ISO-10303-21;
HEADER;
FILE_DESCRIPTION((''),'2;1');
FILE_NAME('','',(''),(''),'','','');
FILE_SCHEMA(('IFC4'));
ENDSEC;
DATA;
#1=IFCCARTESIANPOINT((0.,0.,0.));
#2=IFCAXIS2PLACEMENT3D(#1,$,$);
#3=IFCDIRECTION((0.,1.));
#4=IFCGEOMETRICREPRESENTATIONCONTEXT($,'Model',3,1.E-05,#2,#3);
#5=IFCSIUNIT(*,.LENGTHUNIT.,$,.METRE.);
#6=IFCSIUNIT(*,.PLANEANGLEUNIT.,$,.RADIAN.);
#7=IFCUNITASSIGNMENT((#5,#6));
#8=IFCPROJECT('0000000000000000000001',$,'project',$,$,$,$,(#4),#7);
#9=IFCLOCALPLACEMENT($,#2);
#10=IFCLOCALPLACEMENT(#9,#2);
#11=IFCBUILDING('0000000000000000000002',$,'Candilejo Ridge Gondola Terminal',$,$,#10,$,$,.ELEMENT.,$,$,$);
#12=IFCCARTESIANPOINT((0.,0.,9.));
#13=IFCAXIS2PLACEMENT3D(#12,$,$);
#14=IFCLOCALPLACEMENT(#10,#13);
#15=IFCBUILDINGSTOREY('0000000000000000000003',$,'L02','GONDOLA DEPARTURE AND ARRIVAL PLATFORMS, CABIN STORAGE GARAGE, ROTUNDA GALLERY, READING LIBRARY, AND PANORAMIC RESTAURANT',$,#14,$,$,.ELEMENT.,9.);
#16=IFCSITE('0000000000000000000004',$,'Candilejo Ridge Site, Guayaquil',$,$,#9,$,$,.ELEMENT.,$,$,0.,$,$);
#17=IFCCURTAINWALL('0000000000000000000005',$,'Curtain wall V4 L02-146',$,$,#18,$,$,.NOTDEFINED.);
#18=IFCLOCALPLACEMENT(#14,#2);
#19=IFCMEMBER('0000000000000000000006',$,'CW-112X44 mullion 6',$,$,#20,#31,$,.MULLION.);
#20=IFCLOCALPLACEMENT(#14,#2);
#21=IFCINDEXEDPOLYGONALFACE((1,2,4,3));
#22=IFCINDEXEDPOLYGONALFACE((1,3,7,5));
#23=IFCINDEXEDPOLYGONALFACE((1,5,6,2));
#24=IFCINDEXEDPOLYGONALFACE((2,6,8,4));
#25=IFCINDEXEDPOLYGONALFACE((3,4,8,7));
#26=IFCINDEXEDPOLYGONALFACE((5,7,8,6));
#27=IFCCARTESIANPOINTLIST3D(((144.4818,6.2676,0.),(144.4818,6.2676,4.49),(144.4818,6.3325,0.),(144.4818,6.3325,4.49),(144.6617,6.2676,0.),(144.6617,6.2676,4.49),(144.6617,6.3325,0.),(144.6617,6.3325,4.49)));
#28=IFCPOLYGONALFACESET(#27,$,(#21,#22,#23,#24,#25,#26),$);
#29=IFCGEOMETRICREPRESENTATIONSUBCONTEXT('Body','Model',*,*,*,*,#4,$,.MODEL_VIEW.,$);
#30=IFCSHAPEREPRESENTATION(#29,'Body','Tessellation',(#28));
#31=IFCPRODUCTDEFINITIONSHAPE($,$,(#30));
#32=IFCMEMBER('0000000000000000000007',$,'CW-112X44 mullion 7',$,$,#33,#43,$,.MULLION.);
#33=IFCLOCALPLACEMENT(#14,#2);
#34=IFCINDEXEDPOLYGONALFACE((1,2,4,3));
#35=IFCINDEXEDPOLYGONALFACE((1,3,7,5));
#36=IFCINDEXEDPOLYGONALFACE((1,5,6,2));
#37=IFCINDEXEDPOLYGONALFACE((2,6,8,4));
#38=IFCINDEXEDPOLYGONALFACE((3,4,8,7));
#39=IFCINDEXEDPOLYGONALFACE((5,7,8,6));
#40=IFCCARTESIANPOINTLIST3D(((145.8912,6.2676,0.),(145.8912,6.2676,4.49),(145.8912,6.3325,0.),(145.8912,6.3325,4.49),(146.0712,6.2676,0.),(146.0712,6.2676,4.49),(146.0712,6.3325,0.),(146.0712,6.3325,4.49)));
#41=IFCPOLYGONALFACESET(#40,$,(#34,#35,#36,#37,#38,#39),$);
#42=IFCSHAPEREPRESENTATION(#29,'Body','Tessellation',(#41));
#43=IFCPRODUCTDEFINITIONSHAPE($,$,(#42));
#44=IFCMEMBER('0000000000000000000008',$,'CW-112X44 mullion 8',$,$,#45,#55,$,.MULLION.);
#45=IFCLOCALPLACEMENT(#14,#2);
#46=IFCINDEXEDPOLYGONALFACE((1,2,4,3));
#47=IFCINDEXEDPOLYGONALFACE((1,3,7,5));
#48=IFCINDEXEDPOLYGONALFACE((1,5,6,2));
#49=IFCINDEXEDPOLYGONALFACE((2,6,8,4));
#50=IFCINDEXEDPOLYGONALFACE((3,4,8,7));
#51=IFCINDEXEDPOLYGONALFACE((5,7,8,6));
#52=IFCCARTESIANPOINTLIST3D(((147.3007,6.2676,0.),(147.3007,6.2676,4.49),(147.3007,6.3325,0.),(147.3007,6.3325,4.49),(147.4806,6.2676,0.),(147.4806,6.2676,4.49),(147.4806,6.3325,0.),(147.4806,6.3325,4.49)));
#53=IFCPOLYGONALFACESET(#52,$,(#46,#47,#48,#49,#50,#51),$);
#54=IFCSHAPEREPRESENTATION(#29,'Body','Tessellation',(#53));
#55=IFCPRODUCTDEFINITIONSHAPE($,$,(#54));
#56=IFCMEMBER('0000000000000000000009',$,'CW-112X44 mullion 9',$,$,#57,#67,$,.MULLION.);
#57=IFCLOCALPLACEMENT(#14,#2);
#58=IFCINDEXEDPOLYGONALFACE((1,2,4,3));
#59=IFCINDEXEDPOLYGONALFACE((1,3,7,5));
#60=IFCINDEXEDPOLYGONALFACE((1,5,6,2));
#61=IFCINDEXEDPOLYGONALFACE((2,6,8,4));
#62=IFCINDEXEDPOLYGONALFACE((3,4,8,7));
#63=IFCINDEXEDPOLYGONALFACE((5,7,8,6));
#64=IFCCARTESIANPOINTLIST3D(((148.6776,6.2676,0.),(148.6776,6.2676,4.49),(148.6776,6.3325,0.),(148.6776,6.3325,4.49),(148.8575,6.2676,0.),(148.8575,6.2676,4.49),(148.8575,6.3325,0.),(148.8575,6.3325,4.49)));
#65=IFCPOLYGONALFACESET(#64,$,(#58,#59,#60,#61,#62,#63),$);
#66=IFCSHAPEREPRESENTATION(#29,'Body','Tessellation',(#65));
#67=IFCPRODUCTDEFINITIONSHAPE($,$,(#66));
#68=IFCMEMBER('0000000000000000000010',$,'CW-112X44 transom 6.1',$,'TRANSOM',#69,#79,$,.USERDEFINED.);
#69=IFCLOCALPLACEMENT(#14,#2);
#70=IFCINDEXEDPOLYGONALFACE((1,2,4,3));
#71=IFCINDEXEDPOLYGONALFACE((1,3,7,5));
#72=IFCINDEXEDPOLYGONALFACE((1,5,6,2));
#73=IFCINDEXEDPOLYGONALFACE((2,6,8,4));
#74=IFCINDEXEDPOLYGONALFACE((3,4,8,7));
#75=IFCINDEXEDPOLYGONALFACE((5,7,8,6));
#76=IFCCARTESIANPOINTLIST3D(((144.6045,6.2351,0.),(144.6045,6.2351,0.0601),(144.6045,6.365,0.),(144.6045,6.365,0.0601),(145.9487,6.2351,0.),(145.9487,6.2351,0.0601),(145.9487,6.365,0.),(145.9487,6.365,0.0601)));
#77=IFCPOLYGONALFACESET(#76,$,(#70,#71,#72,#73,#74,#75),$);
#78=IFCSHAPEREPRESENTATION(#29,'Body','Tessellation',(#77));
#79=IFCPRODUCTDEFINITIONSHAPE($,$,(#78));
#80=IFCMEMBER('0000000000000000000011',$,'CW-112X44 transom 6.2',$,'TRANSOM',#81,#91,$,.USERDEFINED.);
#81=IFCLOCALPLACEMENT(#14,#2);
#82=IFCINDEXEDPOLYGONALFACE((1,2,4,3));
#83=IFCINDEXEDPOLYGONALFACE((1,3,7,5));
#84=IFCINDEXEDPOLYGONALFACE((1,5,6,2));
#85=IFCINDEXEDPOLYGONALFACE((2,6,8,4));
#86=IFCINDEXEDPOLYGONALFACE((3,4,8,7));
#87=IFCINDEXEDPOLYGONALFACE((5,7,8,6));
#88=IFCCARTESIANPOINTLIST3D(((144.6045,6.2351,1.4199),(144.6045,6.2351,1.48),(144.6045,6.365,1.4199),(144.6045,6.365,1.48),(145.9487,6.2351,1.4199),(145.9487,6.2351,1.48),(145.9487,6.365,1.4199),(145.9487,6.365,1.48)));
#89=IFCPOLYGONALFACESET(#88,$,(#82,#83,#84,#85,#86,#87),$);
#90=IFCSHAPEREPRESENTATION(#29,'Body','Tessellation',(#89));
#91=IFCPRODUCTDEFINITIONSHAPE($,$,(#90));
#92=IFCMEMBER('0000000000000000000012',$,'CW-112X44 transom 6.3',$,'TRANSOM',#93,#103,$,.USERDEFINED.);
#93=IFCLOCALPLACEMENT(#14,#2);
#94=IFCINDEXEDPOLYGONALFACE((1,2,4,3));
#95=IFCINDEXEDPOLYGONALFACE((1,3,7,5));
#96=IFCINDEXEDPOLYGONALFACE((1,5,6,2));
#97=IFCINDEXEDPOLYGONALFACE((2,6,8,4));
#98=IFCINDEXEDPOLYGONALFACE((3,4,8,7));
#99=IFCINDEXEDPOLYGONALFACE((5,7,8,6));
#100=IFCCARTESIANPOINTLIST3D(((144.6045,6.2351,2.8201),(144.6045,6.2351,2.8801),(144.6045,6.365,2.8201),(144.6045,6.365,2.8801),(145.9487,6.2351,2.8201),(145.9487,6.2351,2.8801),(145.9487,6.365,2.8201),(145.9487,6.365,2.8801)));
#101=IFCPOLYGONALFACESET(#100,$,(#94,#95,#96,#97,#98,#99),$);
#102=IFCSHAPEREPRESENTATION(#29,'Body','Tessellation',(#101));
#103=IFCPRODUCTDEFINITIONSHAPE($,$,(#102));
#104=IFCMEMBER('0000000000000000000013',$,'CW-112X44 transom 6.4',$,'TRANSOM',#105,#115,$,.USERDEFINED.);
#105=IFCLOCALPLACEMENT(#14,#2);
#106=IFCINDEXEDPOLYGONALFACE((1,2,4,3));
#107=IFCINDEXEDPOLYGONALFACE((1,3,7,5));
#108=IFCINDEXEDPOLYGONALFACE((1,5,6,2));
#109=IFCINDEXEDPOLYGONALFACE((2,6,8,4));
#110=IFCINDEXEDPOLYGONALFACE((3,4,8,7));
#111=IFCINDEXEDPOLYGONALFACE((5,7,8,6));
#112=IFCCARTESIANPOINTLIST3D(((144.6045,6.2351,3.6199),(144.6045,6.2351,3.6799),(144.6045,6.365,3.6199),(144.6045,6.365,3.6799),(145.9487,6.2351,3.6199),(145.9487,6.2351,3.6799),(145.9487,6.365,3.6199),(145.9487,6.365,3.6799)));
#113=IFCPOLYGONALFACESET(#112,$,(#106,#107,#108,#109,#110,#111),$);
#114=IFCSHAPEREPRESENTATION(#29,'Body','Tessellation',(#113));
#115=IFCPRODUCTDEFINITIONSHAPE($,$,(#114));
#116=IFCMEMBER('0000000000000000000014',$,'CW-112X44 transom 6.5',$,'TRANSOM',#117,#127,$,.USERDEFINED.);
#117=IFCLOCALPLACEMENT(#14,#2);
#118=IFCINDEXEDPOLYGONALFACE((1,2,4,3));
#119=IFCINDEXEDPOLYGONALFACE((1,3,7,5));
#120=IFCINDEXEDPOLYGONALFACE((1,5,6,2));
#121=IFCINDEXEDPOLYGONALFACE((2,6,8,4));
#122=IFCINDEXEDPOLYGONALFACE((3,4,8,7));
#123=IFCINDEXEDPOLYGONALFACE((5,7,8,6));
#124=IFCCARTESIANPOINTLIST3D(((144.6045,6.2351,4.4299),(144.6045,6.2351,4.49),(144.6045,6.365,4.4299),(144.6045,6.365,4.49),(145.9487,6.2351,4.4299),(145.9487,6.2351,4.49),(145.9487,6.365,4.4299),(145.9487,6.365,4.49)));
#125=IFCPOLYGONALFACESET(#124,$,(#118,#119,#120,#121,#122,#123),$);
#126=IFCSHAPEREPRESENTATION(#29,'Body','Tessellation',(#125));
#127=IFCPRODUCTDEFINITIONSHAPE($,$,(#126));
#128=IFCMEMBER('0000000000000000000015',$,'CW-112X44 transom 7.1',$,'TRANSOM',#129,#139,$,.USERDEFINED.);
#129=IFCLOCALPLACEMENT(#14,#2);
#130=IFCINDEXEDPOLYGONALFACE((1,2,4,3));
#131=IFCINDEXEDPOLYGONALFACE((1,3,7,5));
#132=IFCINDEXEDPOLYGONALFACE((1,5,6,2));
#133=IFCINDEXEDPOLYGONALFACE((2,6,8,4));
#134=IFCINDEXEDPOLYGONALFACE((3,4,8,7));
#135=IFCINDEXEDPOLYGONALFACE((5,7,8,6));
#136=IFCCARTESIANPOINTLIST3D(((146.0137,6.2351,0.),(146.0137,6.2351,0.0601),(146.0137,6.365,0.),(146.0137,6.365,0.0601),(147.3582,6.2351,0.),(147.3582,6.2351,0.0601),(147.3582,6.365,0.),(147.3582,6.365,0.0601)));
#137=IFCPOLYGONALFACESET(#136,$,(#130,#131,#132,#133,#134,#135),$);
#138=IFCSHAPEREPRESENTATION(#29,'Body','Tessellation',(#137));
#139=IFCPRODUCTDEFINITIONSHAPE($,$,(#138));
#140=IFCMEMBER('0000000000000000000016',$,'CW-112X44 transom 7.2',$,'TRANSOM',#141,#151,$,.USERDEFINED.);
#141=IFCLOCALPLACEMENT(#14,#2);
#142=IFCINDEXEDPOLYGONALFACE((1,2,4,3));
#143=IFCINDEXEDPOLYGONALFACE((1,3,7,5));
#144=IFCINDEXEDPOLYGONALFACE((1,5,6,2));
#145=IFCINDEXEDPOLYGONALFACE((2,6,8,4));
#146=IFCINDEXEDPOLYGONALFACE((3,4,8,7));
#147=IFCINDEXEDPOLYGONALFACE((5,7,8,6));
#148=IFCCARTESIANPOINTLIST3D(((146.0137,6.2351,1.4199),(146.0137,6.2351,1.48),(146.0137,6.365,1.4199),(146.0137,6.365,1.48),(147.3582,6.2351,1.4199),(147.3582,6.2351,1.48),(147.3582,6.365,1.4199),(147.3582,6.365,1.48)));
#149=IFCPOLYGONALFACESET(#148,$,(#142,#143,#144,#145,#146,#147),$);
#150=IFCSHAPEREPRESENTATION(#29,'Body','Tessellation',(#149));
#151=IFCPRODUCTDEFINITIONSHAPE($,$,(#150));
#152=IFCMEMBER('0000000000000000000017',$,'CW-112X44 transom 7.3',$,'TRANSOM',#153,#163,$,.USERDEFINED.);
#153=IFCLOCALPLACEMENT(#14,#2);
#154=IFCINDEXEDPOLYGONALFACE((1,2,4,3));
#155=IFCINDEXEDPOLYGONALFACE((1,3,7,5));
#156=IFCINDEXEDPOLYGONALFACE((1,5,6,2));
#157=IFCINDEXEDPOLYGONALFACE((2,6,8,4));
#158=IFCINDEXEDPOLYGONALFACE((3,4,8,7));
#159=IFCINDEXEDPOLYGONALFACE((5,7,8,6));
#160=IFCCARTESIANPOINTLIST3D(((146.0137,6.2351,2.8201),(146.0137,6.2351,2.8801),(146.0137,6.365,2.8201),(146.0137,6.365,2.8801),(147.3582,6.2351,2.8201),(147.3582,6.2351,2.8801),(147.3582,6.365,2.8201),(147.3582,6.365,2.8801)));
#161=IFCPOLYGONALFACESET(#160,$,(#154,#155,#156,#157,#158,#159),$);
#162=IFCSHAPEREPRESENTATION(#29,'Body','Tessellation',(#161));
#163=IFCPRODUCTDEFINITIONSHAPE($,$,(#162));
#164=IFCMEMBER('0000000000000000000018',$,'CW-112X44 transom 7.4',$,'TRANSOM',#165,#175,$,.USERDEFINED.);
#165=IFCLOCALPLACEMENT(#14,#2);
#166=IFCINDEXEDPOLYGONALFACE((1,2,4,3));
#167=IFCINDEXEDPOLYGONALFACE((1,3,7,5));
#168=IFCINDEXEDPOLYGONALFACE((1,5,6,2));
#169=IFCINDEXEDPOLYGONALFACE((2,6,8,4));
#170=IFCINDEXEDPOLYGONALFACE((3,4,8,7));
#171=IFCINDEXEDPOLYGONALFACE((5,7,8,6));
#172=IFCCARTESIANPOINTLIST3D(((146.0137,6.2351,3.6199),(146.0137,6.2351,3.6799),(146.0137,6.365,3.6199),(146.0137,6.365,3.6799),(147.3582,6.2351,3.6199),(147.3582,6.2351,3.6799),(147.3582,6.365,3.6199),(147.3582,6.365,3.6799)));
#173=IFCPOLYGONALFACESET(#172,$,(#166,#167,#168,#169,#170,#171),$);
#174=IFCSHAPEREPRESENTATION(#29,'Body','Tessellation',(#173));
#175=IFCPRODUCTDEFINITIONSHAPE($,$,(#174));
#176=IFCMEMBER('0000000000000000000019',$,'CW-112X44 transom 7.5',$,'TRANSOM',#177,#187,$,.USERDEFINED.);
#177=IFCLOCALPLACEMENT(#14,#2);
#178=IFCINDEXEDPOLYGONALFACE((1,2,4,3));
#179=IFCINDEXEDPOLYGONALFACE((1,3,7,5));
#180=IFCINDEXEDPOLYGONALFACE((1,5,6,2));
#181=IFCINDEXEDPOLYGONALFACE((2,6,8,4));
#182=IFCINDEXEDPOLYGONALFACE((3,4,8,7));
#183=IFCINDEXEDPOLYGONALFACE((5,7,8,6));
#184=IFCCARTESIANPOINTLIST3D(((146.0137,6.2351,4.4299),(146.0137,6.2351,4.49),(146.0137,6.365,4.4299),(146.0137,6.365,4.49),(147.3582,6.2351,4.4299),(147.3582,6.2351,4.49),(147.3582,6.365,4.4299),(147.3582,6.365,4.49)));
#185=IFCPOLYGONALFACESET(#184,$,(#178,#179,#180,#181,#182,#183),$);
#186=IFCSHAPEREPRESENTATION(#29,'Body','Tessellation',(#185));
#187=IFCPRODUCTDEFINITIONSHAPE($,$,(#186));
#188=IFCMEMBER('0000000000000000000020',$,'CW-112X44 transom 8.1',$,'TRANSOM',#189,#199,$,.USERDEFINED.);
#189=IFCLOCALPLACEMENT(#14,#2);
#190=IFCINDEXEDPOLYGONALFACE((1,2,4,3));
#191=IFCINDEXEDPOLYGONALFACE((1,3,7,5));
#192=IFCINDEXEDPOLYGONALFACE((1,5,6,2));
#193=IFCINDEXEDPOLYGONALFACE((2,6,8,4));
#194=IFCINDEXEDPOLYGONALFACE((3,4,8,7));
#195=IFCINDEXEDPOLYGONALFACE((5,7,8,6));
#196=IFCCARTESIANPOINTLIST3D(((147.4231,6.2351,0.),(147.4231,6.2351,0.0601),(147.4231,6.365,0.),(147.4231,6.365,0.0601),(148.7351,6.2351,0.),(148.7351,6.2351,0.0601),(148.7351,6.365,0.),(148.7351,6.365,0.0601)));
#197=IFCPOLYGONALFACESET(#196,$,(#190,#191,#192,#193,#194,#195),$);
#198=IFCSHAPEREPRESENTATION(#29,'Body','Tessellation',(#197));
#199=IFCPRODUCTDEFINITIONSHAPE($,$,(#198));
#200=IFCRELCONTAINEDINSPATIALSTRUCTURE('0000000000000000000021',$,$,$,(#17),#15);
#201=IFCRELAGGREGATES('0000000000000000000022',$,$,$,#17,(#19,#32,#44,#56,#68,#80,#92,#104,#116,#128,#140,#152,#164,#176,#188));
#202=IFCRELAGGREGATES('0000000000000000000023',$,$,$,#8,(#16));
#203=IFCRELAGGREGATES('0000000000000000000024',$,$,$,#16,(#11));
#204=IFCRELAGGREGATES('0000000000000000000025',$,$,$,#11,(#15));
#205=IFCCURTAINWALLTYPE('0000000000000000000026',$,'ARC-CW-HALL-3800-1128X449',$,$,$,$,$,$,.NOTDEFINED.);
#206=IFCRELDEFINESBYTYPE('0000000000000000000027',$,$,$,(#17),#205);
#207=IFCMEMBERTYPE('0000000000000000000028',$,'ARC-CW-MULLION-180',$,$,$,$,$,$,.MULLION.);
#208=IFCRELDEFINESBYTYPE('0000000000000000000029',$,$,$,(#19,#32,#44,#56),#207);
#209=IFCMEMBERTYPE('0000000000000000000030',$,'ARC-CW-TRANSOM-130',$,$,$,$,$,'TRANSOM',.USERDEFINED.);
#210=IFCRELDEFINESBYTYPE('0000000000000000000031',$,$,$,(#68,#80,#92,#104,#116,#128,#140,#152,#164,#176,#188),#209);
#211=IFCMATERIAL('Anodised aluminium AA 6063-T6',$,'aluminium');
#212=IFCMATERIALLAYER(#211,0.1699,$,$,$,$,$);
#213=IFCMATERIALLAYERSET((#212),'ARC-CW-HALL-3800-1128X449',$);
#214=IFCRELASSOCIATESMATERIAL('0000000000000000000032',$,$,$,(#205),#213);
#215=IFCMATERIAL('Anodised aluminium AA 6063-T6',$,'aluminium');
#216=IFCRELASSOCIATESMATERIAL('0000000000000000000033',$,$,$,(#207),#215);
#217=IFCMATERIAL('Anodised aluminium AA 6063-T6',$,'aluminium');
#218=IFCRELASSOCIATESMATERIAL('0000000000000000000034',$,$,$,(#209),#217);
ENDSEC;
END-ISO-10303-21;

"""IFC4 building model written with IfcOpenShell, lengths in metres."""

from ifc_helpers import new_model, si_unit, direction, frame, origin, origin_2d, place, context, subcontext, project, spatial, rectangle, extrude, material, layer, layer_set, material_profile, profile_set, type_object, element, aggregate, save


model = new_model("IFC4")

# Units and contexts
model_context = context("Model", 3, precision=1e-05, world=origin(), true_north=direction((0.0, 1.0)))
body_context = subcontext(model_context, "Body", "Model", "MODEL_VIEW")
ifc_project = project(units=[si_unit("LENGTHUNIT", "METRE"), si_unit("PLANEANGLEUNIT", "RADIAN")], contexts=[model_context])

# Site, building, storey
site_placement = place(None, origin())
site = spatial("IfcSite", under=ifc_project, at=site_placement, Name="Candilejo Ridge Site, Guayaquil", CompositionType="ELEMENT", RefElevation=0.0)
building_placement = place(site_placement, origin())
building = spatial("IfcBuilding", under=site, at=building_placement, Name="Candilejo Ridge Gondola Terminal", CompositionType="ELEMENT")
storey_placement = place(building_placement, frame((0.0, 0.0, 9.0)))
storey = spatial("IfcBuildingStorey", under=building, at=storey_placement, Name="L02", Description="GONDOLA DEPARTURE AND ARRIVAL PLATFORMS, CABIN STORAGE GARAGE, ROTUNDA GALLERY, READING LIBRARY, AND PANORAMIC RESTAURANT", CompositionType="ELEMENT", Elevation=9.0)

# Curtain wall, members
ifc_material_1 = material(Name="Anodised aluminium AA 6063-T6", Category="aluminium")
ifc_layer_1 = layer(ifc_material_1, 0.1699)
ifc_layer_set_1 = layer_set([ifc_layer_1], Name="ARC-CW-HALL-3800-1128X449")
curtain_wall_type = type_object("IfcCurtainWallType", Name="ARC-CW-HALL-3800-1128X449", PredefinedType="NOTDEFINED", material=ifc_layer_set_1)
curtain_wall_placement = place(storey_placement, origin())
curtain_wall = element("IfcCurtainWall", 1, at=curtain_wall_placement, inside=storey, type_object=curtain_wall_type, Name="Curtain wall V4 L02-146", PredefinedType="NOTDEFINED")
ifc_material_2 = material(Name="Anodised aluminium AA 6063-T6", Category="aluminium")
ifc_material_profile_1 = material_profile(ifc_material_2, rectangle(XDim=0.0649, YDim=0.1799, at=origin_2d()))
ifc_profile_set_1 = profile_set([ifc_material_profile_1], Name="Anodised aluminium AA 6063-T6")
member_type_1 = type_object("IfcMemberType", Name="ARC-CW-MULLION-180", PredefinedType="MULLION", material=ifc_profile_set_1)
member_1_placement = place(storey_placement, frame((144.5718, 6.3, 0.0), z_axis=(0.0, 0.0, 1.0), x_axis=(0.0, 1.0, 0.0)))
member_1 = element("IfcMember", 2, at=member_1_placement, type_object=member_type_1, Name="CW-112X44 mullion 6", PredefinedType="MULLION", context=body_context, shape_type="SweptSolid", body=[
    extrude(rectangle(XDim=0.0649, YDim=0.1799, at=origin_2d()), origin(), (0.0, 0.0, 1.0), 4.49),
])
member_2_placement = place(storey_placement, frame((145.9812, 6.3, 0.0), z_axis=(0.0, 0.0, 1.0), x_axis=(0.0, 1.0, 0.0)))
member_2 = element("IfcMember", 3, at=member_2_placement, type_object=member_type_1, Name="CW-112X44 mullion 7", PredefinedType="MULLION", context=body_context, shape_type="SweptSolid", body=[
    extrude(rectangle(XDim=0.0649, YDim=0.1799, at=origin_2d()), origin(), (0.0, 0.0, 1.0), 4.49),
])
member_3_placement = place(storey_placement, frame((147.3906, 6.3, 0.0), z_axis=(0.0, 0.0, 1.0), x_axis=(0.0, 1.0, 0.0)))
member_3 = element("IfcMember", 4, at=member_3_placement, type_object=member_type_1, Name="CW-112X44 mullion 8", PredefinedType="MULLION", context=body_context, shape_type="SweptSolid", body=[
    extrude(rectangle(XDim=0.0649, YDim=0.1799, at=origin_2d()), origin(), (0.0, 0.0, 1.0), 4.49),
])
member_4_placement = place(storey_placement, frame((148.7676, 6.3, 0.0), z_axis=(0.0, 0.0, 1.0), x_axis=(0.0, 1.0, 0.0)))
member_4 = element("IfcMember", 5, at=member_4_placement, type_object=member_type_1, Name="CW-112X44 mullion 9", PredefinedType="MULLION", context=body_context, shape_type="SweptSolid", body=[
    extrude(rectangle(XDim=0.0649, YDim=0.1799, at=origin_2d()), origin(), (0.0, 0.0, 1.0), 4.49),
])
ifc_material_3 = material(Name="Anodised aluminium AA 6063-T6", Category="aluminium")
ifc_material_profile_2 = material_profile(ifc_material_3, rectangle(XDim=0.1299, YDim=0.0601, at=origin_2d()))
ifc_profile_set_2 = profile_set([ifc_material_profile_2], Name="Anodised aluminium AA 6063-T6")
member_type_2 = type_object("IfcMemberType", Name="ARC-CW-TRANSOM-130", ElementType="TRANSOM", PredefinedType="USERDEFINED", material=ifc_profile_set_2)
member_5_placement = place(storey_placement, frame((144.6045, 6.3, 0.03), z_axis=(1.0, 0.0, 0.0), x_axis=(0.0, 1.0, 0.0)))
member_5 = element("IfcMember", 6, at=member_5_placement, type_object=member_type_2, Name="CW-112X44 transom 6.1", ObjectType="TRANSOM", PredefinedType="USERDEFINED", context=body_context, shape_type="SweptSolid", body=[
    extrude(rectangle(XDim=0.1299, YDim=0.0601, at=origin_2d()), origin(), (0.0, 0.0, 1.0), 1.3442),
])
member_6_placement = place(storey_placement, frame((144.6045, 6.3, 1.45), z_axis=(1.0, 0.0, 0.0), x_axis=(0.0, 1.0, 0.0)))
member_6 = element("IfcMember", 7, at=member_6_placement, type_object=member_type_2, Name="CW-112X44 transom 6.2", ObjectType="TRANSOM", PredefinedType="USERDEFINED", context=body_context, shape_type="SweptSolid", body=[
    extrude(rectangle(XDim=0.1299, YDim=0.0601, at=origin_2d()), origin(), (0.0, 0.0, 1.0), 1.3442),
])
member_7_placement = place(storey_placement, frame((144.6045, 6.3, 2.8501), z_axis=(1.0, 0.0, 0.0), x_axis=(0.0, 1.0, 0.0)))
member_7 = element("IfcMember", 8, at=member_7_placement, type_object=member_type_2, Name="CW-112X44 transom 6.3", ObjectType="TRANSOM", PredefinedType="USERDEFINED", context=body_context, shape_type="SweptSolid", body=[
    extrude(rectangle(XDim=0.1299, YDim=0.0601, at=origin_2d()), origin(), (0.0, 0.0, 1.0), 1.3442),
])
member_8_placement = place(storey_placement, frame((144.6045, 6.3, 3.6499), z_axis=(1.0, 0.0, 0.0), x_axis=(0.0, 1.0, 0.0)))
member_8 = element("IfcMember", 9, at=member_8_placement, type_object=member_type_2, Name="CW-112X44 transom 6.4", ObjectType="TRANSOM", PredefinedType="USERDEFINED", context=body_context, shape_type="SweptSolid", body=[
    extrude(rectangle(XDim=0.1299, YDim=0.0601, at=origin_2d()), origin(), (0.0, 0.0, 1.0), 1.3442),
])
member_9_placement = place(storey_placement, frame((144.6045, 6.3, 4.46), z_axis=(1.0, 0.0, 0.0), x_axis=(0.0, 1.0, 0.0)))
member_9 = element("IfcMember", 10, at=member_9_placement, type_object=member_type_2, Name="CW-112X44 transom 6.5", ObjectType="TRANSOM", PredefinedType="USERDEFINED", context=body_context, shape_type="SweptSolid", body=[
    extrude(rectangle(XDim=0.1299, YDim=0.0601, at=origin_2d()), origin(), (0.0, 0.0, 1.0), 1.3442),
])
member_10_placement = place(storey_placement, frame((146.0137, 6.3, 0.03), z_axis=(1.0, 0.0, 0.0), x_axis=(0.0, 1.0, 0.0)))
member_10 = element("IfcMember", 11, at=member_10_placement, type_object=member_type_2, Name="CW-112X44 transom 7.1", ObjectType="TRANSOM", PredefinedType="USERDEFINED", context=body_context, shape_type="SweptSolid", body=[
    extrude(rectangle(XDim=0.1299, YDim=0.0601, at=origin_2d()), origin(), (0.0, 0.0, 1.0), 1.3445),
])
member_11_placement = place(storey_placement, frame((146.0137, 6.3, 1.45), z_axis=(1.0, 0.0, 0.0), x_axis=(0.0, 1.0, 0.0)))
member_11 = element("IfcMember", 12, at=member_11_placement, type_object=member_type_2, Name="CW-112X44 transom 7.2", ObjectType="TRANSOM", PredefinedType="USERDEFINED", context=body_context, shape_type="SweptSolid", body=[
    extrude(rectangle(XDim=0.1299, YDim=0.0601, at=origin_2d()), origin(), (0.0, 0.0, 1.0), 1.3445),
])
member_12_placement = place(storey_placement, frame((146.0137, 6.3, 2.8501), z_axis=(1.0, 0.0, 0.0), x_axis=(0.0, 1.0, 0.0)))
member_12 = element("IfcMember", 13, at=member_12_placement, type_object=member_type_2, Name="CW-112X44 transom 7.3", ObjectType="TRANSOM", PredefinedType="USERDEFINED", context=body_context, shape_type="SweptSolid", body=[
    extrude(rectangle(XDim=0.1299, YDim=0.0601, at=origin_2d()), origin(), (0.0, 0.0, 1.0), 1.3445),
])
member_13_placement = place(storey_placement, frame((146.0137, 6.3, 3.6499), z_axis=(1.0, 0.0, 0.0), x_axis=(0.0, 1.0, 0.0)))
member_13 = element("IfcMember", 14, at=member_13_placement, type_object=member_type_2, Name="CW-112X44 transom 7.4", ObjectType="TRANSOM", PredefinedType="USERDEFINED", context=body_context, shape_type="SweptSolid", body=[
    extrude(rectangle(XDim=0.1299, YDim=0.0601, at=origin_2d()), origin(), (0.0, 0.0, 1.0), 1.3445),
])
member_14_placement = place(storey_placement, frame((146.0137, 6.3, 4.46), z_axis=(1.0, 0.0, 0.0), x_axis=(0.0, 1.0, 0.0)))
member_14 = element("IfcMember", 15, at=member_14_placement, type_object=member_type_2, Name="CW-112X44 transom 7.5", ObjectType="TRANSOM", PredefinedType="USERDEFINED", context=body_context, shape_type="SweptSolid", body=[
    extrude(rectangle(XDim=0.1299, YDim=0.0601, at=origin_2d()), origin(), (0.0, 0.0, 1.0), 1.3445),
])
member_15_placement = place(storey_placement, frame((147.4231, 6.3, 0.03), z_axis=(1.0, 0.0, 0.0), x_axis=(0.0, 1.0, 0.0)))
member_15 = element("IfcMember", 16, at=member_15_placement, type_object=member_type_2, Name="CW-112X44 transom 8.1", ObjectType="TRANSOM", PredefinedType="USERDEFINED", context=body_context, shape_type="SweptSolid", body=[
    extrude(rectangle(XDim=0.1299, YDim=0.0601, at=origin_2d()), origin(), (0.0, 0.0, 1.0), 1.312),
])
aggregate(curtain_wall, [member_1, member_2, member_3, member_4, member_5, member_6, member_7, member_8, member_9, member_10, member_11, member_12, member_13, member_14, member_15])

save(model, "model.ifc")
